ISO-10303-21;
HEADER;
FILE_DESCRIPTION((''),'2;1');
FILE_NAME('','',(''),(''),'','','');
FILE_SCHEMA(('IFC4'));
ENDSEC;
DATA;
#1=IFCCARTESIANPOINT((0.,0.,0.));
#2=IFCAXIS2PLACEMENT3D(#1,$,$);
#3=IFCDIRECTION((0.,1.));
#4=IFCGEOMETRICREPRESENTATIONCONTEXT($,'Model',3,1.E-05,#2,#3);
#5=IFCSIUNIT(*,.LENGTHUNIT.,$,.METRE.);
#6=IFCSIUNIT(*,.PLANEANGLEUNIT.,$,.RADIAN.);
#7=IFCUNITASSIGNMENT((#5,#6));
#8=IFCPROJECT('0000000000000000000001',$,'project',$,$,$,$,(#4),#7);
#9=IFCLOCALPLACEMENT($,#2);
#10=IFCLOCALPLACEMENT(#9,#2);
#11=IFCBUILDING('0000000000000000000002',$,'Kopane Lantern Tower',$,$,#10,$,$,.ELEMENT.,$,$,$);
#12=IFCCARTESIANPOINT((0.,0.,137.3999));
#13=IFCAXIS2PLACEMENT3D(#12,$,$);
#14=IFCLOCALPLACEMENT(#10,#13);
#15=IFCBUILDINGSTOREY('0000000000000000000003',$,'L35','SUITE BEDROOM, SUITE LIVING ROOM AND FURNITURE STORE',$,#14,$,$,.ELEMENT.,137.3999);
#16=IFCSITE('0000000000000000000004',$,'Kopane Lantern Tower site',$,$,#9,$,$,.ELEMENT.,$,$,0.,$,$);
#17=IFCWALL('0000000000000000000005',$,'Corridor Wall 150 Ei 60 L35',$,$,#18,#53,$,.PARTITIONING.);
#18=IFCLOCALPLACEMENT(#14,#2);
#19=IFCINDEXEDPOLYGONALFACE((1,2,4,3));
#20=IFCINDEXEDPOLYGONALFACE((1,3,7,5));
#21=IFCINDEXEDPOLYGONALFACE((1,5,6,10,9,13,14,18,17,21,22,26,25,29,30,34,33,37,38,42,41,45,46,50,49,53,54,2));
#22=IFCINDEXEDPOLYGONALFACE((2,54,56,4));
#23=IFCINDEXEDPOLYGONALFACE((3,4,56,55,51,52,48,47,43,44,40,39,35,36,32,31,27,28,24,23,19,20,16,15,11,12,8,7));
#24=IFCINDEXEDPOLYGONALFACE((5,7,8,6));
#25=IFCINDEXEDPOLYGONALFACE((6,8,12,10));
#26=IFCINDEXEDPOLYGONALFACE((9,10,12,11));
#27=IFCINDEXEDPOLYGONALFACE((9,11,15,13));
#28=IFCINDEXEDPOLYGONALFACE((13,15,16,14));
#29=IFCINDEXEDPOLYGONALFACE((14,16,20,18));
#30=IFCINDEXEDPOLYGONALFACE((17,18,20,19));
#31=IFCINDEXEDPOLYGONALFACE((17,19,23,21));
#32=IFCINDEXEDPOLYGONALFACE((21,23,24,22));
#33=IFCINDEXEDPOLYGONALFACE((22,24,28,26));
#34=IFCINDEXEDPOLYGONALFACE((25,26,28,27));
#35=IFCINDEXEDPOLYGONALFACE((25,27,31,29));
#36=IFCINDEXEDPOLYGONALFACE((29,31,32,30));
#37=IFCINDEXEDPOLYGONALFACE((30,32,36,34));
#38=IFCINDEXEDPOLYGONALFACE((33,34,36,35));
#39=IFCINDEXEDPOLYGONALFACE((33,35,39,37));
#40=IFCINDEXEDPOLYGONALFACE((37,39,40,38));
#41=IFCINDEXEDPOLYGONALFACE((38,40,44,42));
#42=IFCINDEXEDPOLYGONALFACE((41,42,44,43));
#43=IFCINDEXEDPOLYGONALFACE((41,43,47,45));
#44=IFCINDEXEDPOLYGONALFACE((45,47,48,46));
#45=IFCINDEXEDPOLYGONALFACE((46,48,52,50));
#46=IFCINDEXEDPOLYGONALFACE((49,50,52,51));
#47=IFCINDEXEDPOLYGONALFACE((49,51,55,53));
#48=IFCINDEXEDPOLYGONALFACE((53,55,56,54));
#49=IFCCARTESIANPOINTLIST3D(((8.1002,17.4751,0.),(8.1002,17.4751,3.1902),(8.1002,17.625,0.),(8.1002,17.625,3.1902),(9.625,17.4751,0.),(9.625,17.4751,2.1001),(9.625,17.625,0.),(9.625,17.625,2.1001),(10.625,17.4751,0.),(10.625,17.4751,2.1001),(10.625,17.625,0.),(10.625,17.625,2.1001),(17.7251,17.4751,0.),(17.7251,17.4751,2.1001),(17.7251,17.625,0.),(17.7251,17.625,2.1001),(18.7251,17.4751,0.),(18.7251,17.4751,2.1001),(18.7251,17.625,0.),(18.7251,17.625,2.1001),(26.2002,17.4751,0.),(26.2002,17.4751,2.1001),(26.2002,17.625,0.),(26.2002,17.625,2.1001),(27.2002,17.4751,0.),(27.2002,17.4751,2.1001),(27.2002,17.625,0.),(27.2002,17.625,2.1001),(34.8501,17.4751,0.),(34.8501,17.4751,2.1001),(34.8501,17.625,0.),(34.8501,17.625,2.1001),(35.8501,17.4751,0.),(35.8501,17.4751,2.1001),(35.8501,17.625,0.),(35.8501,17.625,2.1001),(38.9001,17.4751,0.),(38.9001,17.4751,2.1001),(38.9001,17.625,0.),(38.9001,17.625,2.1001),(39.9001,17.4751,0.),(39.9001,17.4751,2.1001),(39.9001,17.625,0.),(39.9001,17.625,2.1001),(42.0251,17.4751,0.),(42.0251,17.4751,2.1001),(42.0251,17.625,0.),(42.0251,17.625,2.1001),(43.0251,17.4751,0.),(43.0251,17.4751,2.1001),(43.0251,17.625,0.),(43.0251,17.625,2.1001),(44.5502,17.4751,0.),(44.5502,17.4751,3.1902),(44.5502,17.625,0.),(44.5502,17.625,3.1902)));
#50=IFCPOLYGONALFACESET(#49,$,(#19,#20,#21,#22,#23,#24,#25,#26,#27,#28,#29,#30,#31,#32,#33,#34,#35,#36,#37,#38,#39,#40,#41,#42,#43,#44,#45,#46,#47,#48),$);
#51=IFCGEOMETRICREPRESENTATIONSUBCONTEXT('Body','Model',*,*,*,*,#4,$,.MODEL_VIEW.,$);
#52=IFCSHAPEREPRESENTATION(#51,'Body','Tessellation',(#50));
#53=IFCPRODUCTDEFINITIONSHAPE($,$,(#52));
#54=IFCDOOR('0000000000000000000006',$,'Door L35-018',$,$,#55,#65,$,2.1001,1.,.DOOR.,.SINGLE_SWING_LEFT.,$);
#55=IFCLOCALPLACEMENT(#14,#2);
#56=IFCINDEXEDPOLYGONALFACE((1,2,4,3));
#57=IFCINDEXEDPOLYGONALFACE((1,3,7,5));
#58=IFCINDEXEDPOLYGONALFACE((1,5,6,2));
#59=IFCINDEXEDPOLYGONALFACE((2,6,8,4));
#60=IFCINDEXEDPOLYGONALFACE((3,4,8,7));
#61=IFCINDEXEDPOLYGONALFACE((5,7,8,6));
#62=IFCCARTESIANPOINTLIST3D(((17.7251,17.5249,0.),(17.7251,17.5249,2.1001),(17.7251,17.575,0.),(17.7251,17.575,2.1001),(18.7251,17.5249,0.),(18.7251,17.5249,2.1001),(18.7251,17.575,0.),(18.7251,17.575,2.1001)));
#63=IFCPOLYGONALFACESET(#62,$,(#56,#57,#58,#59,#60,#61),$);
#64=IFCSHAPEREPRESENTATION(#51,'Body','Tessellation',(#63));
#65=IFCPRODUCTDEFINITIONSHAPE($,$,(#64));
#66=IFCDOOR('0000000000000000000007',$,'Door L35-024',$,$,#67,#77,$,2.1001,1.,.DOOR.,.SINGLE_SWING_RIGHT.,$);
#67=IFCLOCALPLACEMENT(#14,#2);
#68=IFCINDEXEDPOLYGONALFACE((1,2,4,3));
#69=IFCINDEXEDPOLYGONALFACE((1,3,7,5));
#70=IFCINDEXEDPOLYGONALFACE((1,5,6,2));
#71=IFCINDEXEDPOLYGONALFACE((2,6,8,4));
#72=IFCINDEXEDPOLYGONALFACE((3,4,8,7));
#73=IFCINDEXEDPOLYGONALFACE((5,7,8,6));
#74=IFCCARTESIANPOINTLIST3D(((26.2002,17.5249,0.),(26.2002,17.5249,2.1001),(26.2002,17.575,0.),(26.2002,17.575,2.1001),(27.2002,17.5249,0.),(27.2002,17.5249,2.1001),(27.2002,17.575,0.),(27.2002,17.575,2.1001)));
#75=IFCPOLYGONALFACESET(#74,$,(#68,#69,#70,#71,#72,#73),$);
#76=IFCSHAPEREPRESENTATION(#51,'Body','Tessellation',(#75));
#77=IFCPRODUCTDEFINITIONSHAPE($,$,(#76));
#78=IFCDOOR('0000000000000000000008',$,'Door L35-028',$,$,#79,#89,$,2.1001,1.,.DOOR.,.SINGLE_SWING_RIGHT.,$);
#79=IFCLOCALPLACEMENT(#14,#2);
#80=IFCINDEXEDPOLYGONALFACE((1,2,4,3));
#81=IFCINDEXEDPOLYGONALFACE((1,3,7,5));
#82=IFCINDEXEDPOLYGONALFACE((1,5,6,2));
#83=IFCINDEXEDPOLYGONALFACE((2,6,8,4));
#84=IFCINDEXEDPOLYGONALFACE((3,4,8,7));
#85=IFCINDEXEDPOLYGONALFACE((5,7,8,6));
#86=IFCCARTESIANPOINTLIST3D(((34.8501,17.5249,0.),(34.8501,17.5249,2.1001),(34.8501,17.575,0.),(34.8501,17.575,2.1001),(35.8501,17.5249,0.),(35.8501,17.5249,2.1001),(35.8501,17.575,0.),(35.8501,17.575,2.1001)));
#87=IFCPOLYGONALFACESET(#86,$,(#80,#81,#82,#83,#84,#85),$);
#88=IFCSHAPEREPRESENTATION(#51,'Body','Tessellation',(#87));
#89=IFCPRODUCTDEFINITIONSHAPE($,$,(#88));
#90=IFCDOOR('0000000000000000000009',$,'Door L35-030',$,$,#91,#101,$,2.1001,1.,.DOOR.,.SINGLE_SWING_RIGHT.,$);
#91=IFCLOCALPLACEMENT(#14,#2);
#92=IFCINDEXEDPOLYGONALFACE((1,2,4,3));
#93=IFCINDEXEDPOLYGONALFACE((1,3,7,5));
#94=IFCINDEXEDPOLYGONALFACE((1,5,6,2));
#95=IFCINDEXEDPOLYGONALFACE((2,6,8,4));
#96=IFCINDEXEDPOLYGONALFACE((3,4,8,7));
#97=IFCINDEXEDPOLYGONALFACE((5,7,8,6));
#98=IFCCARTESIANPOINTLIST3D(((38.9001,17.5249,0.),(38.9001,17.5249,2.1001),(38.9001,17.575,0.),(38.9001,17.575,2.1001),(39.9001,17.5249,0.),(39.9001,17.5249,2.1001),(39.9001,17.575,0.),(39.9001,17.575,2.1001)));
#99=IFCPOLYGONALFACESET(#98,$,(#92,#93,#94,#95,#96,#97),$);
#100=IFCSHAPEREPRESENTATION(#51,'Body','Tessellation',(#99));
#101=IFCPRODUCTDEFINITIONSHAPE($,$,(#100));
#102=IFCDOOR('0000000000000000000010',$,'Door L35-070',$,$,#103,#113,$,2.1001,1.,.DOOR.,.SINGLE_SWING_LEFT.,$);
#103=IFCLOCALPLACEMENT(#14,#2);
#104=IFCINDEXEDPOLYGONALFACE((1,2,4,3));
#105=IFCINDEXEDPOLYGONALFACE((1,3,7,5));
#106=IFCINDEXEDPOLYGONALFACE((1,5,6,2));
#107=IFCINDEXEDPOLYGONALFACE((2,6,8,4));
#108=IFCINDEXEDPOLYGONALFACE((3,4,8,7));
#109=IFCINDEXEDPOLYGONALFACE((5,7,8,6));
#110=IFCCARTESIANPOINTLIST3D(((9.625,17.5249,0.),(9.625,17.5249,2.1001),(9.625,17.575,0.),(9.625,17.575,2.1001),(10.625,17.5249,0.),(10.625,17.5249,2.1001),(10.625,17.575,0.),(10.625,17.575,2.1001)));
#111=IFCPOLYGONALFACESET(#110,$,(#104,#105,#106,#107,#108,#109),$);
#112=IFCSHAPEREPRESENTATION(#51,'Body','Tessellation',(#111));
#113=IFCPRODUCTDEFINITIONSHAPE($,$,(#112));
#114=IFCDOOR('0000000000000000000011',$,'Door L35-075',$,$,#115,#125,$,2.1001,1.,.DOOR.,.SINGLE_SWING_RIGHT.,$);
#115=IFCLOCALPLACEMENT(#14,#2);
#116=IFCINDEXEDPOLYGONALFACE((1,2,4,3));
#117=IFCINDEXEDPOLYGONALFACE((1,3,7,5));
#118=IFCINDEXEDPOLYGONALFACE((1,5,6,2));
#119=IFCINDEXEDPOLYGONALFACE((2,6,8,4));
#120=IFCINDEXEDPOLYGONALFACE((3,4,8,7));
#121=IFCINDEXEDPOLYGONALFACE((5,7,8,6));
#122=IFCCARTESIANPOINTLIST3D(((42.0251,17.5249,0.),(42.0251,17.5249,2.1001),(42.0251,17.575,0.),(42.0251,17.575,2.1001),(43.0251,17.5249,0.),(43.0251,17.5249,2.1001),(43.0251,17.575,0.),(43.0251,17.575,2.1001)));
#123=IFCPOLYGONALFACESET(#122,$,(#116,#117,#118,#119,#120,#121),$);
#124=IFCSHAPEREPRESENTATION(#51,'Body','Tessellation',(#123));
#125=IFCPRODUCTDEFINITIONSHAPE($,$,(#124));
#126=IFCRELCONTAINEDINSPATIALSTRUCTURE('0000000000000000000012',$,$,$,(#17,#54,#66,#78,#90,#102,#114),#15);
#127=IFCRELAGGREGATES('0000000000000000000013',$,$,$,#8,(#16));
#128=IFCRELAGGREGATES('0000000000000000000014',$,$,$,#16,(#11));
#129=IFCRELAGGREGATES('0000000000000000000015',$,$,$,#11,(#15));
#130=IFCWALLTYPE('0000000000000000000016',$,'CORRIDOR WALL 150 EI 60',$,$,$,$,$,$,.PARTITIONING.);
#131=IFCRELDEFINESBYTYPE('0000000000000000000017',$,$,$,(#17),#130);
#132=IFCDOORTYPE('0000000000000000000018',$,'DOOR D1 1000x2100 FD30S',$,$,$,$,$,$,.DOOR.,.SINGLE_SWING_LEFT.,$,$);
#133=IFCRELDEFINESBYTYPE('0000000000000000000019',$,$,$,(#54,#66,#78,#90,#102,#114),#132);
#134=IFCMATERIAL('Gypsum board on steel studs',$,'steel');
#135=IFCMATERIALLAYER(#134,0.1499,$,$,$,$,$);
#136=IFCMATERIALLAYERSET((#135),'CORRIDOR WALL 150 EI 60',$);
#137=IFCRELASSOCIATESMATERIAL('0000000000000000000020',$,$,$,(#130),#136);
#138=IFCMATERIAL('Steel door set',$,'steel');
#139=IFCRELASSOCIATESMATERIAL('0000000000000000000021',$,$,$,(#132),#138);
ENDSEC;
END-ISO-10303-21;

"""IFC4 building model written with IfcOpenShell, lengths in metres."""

from ifc_helpers import new_model, si_unit, direction, frame, frame_2d, origin, place, context, subcontext, project, spatial, rectangle, extrude, material, layer, layer_set, type_object, element, fill, save


model = new_model("IFC4")

# Units and contexts
model_context = context("Model", 3, precision=1e-05, world=origin(), true_north=direction((0.0, 1.0)))
body_context = subcontext(model_context, "Body", "Model", "MODEL_VIEW")
ifc_project = project(units=[si_unit("LENGTHUNIT", "METRE"), si_unit("PLANEANGLEUNIT", "RADIAN")], contexts=[model_context])

# Site, building, storey
site_placement = place(None, origin())
site = spatial("IfcSite", under=ifc_project, at=site_placement, Name="Kopane Lantern Tower site", CompositionType="ELEMENT", RefElevation=0.0)
building_placement = place(site_placement, origin())
building = spatial("IfcBuilding", under=site, at=building_placement, Name="Kopane Lantern Tower", CompositionType="ELEMENT")
storey_placement = place(building_placement, frame((0.0, 0.0, 137.3999)))
storey = spatial("IfcBuildingStorey", under=building, at=storey_placement, Name="L35", Description="SUITE BEDROOM, SUITE LIVING ROOM AND FURNITURE STORE", CompositionType="ELEMENT", Elevation=137.3999)

# Wall, openings, doors
ifc_material_1 = material(Name="Gypsum board on steel studs", Category="steel")
ifc_layer_1 = layer(ifc_material_1, 0.1499)
ifc_layer_set_1 = layer_set([ifc_layer_1], Name="CORRIDOR WALL 150 EI 60")
wall_type_1 = type_object("IfcWallType", Name="CORRIDOR WALL 150 EI 60", PredefinedType="PARTITIONING", material=ifc_layer_set_1)
wall_1_placement = place(storey_placement, frame((8.1001, 17.55, 0.0), z_axis=(0.0, 0.0, 1.0), x_axis=(1.0, 0.0, 0.0)))
wall_1 = element("IfcWall", 1, at=wall_1_placement, inside=storey, type_object=wall_type_1, Name="Corridor Wall 150 Ei 60 L35", PredefinedType="PARTITIONING", context=body_context, shape_type="SweptSolid", body=[
    extrude(rectangle(XDim=36.45, YDim=0.1499, at=frame_2d((18.2251, 0.0))), origin(), (0.0, 0.0, 1.0), 3.1902),
])
opening_1_placement = place(wall_1_placement, frame((9.625, 0.0, 0.0)))
opening_1 = element("IfcOpeningElement", 2, at=opening_1_placement, cuts=wall_1, PredefinedType="OPENING", context=body_context, shape_type="SweptSolid", body=[
    extrude(rectangle(XDim=1.0, YDim=2.1001, at=frame_2d((0.5, 1.05))), frame((0.0, 0.085, 0.0), z_axis=(0.0, -1.0, 0.0), x_axis=(1.0, 0.0, 0.0)), (0.0, 0.0, 1.0), 0.1699),
])
opening_2_placement = place(wall_1_placement, frame((18.1001, 0.0, 0.0)))
opening_2 = element("IfcOpeningElement", 3, at=opening_2_placement, cuts=wall_1, PredefinedType="OPENING", context=body_context, shape_type="SweptSolid", body=[
    extrude(rectangle(XDim=1.0, YDim=2.1001, at=frame_2d((0.5, 1.05))), frame((0.0, 0.085, 0.0), z_axis=(0.0, -1.0, 0.0), x_axis=(1.0, 0.0, 0.0)), (0.0, 0.0, 1.0), 0.1699),
])
opening_3_placement = place(wall_1_placement, frame((26.75, 0.0, 0.0)))
opening_3 = element("IfcOpeningElement", 4, at=opening_3_placement, cuts=wall_1, PredefinedType="OPENING", context=body_context, shape_type="SweptSolid", body=[
    extrude(rectangle(XDim=1.0, YDim=2.1001, at=frame_2d((0.5, 1.05))), frame((0.0, 0.085, 0.0), z_axis=(0.0, -1.0, 0.0), x_axis=(1.0, 0.0, 0.0)), (0.0, 0.0, 1.0), 0.1699),
])
opening_4_placement = place(wall_1_placement, frame((30.8, 0.0, 0.0)))
opening_4 = element("IfcOpeningElement", 5, at=opening_4_placement, cuts=wall_1, PredefinedType="OPENING", context=body_context, shape_type="SweptSolid", body=[
    extrude(rectangle(XDim=1.0, YDim=2.1001, at=frame_2d((0.5, 1.05))), frame((0.0, 0.085, 0.0), z_axis=(0.0, -1.0, 0.0), x_axis=(1.0, 0.0, 0.0)), (0.0, 0.0, 1.0), 0.1699),
])
opening_5_placement = place(wall_1_placement, frame((1.5249, 0.0, 0.0)))
opening_5 = element("IfcOpeningElement", 6, at=opening_5_placement, cuts=wall_1, PredefinedType="OPENING", context=body_context, shape_type="SweptSolid", body=[
    extrude(rectangle(XDim=1.0, YDim=2.1001, at=frame_2d((0.5, 1.05))), frame((0.0, 0.085, 0.0), z_axis=(0.0, -1.0, 0.0), x_axis=(1.0, 0.0, 0.0)), (0.0, 0.0, 1.0), 0.1699),
])
opening_6_placement = place(wall_1_placement, frame((33.925, 0.0, 0.0)))
opening_6 = element("IfcOpeningElement", 7, at=opening_6_placement, cuts=wall_1, PredefinedType="OPENING", context=body_context, shape_type="SweptSolid", body=[
    extrude(rectangle(XDim=1.0, YDim=2.1001, at=frame_2d((0.5, 1.05))), frame((0.0, 0.085, 0.0), z_axis=(0.0, -1.0, 0.0), x_axis=(1.0, 0.0, 0.0)), (0.0, 0.0, 1.0), 0.1699),
])
ifc_material_2 = material(Name="Steel door set", Category="steel")
door_type_1 = type_object("IfcDoorType", Name="DOOR D1 1000x2100 FD30S", OperationType="SINGLE_SWING_LEFT", PredefinedType="DOOR", material=ifc_material_2)
door_1_placement = place(opening_1_placement, origin())
door_1 = element("IfcDoor", 8, at=door_1_placement, inside=storey, type_object=door_type_1, Name="Door L35-018", OperationType="SINGLE_SWING_LEFT", OverallHeight=2.1001, OverallWidth=1.0, PredefinedType="DOOR", context=body_context, shape_type="SweptSolid", body=[
    extrude(rectangle(XDim=1.0, YDim=2.1001, at=frame_2d((0.5, 1.05))), frame((0.0, 0.0249, 0.0), z_axis=(0.0, -1.0, 0.0), x_axis=(1.0, 0.0, 0.0)), (0.0, 0.0, 1.0), 0.05),
])
fill(opening_1, door_1)
door_2_placement = place(opening_2_placement, origin())
door_2 = element("IfcDoor", 9, at=door_2_placement, inside=storey, type_object=door_type_1, Name="Door L35-024", OperationType="SINGLE_SWING_RIGHT", OverallHeight=2.1001, OverallWidth=1.0, PredefinedType="DOOR", context=body_context, shape_type="SweptSolid", body=[
    extrude(rectangle(XDim=1.0, YDim=2.1001, at=frame_2d((0.5, 1.05))), frame((0.0, 0.0249, 0.0), z_axis=(0.0, -1.0, 0.0), x_axis=(1.0, 0.0, 0.0)), (0.0, 0.0, 1.0), 0.05),
])
fill(opening_2, door_2)
door_3_placement = place(opening_3_placement, origin())
door_3 = element("IfcDoor", 10, at=door_3_placement, inside=storey, type_object=door_type_1, Name="Door L35-028", OperationType="SINGLE_SWING_RIGHT", OverallHeight=2.1001, OverallWidth=1.0, PredefinedType="DOOR", context=body_context, shape_type="SweptSolid", body=[
    extrude(rectangle(XDim=1.0, YDim=2.1001, at=frame_2d((0.5, 1.05))), frame((0.0, 0.0249, 0.0), z_axis=(0.0, -1.0, 0.0), x_axis=(1.0, 0.0, 0.0)), (0.0, 0.0, 1.0), 0.05),
])
fill(opening_3, door_3)
door_4_placement = place(opening_4_placement, origin())
door_4 = element("IfcDoor", 11, at=door_4_placement, inside=storey, type_object=door_type_1, Name="Door L35-030", OperationType="SINGLE_SWING_RIGHT", OverallHeight=2.1001, OverallWidth=1.0, PredefinedType="DOOR", context=body_context, shape_type="SweptSolid", body=[
    extrude(rectangle(XDim=1.0, YDim=2.1001, at=frame_2d((0.5, 1.05))), frame((0.0, 0.0249, 0.0), z_axis=(0.0, -1.0, 0.0), x_axis=(1.0, 0.0, 0.0)), (0.0, 0.0, 1.0), 0.05),
])
fill(opening_4, door_4)
door_5_placement = place(opening_5_placement, origin())
door_5 = element("IfcDoor", 12, at=door_5_placement, inside=storey, type_object=door_type_1, Name="Door L35-070", OperationType="SINGLE_SWING_LEFT", OverallHeight=2.1001, OverallWidth=1.0, PredefinedType="DOOR", context=body_context, shape_type="SweptSolid", body=[
    extrude(rectangle(XDim=1.0, YDim=2.1001, at=frame_2d((0.5, 1.05))), frame((0.0, 0.0249, 0.0), z_axis=(0.0, -1.0, 0.0), x_axis=(1.0, 0.0, 0.0)), (0.0, 0.0, 1.0), 0.05),
])
fill(opening_5, door_5)
door_6_placement = place(opening_6_placement, origin())
door_6 = element("IfcDoor", 13, at=door_6_placement, inside=storey, type_object=door_type_1, Name="Door L35-075", OperationType="SINGLE_SWING_RIGHT", OverallHeight=2.1001, OverallWidth=1.0, PredefinedType="DOOR", context=body_context, shape_type="SweptSolid", body=[
    extrude(rectangle(XDim=1.0, YDim=2.1001, at=frame_2d((0.5, 1.05))), frame((0.0, 0.0249, 0.0), z_axis=(0.0, -1.0, 0.0), x_axis=(1.0, 0.0, 0.0)), (0.0, 0.0, 1.0), 0.05),
])
fill(opening_6, door_6)

save(model, "model.ifc")
